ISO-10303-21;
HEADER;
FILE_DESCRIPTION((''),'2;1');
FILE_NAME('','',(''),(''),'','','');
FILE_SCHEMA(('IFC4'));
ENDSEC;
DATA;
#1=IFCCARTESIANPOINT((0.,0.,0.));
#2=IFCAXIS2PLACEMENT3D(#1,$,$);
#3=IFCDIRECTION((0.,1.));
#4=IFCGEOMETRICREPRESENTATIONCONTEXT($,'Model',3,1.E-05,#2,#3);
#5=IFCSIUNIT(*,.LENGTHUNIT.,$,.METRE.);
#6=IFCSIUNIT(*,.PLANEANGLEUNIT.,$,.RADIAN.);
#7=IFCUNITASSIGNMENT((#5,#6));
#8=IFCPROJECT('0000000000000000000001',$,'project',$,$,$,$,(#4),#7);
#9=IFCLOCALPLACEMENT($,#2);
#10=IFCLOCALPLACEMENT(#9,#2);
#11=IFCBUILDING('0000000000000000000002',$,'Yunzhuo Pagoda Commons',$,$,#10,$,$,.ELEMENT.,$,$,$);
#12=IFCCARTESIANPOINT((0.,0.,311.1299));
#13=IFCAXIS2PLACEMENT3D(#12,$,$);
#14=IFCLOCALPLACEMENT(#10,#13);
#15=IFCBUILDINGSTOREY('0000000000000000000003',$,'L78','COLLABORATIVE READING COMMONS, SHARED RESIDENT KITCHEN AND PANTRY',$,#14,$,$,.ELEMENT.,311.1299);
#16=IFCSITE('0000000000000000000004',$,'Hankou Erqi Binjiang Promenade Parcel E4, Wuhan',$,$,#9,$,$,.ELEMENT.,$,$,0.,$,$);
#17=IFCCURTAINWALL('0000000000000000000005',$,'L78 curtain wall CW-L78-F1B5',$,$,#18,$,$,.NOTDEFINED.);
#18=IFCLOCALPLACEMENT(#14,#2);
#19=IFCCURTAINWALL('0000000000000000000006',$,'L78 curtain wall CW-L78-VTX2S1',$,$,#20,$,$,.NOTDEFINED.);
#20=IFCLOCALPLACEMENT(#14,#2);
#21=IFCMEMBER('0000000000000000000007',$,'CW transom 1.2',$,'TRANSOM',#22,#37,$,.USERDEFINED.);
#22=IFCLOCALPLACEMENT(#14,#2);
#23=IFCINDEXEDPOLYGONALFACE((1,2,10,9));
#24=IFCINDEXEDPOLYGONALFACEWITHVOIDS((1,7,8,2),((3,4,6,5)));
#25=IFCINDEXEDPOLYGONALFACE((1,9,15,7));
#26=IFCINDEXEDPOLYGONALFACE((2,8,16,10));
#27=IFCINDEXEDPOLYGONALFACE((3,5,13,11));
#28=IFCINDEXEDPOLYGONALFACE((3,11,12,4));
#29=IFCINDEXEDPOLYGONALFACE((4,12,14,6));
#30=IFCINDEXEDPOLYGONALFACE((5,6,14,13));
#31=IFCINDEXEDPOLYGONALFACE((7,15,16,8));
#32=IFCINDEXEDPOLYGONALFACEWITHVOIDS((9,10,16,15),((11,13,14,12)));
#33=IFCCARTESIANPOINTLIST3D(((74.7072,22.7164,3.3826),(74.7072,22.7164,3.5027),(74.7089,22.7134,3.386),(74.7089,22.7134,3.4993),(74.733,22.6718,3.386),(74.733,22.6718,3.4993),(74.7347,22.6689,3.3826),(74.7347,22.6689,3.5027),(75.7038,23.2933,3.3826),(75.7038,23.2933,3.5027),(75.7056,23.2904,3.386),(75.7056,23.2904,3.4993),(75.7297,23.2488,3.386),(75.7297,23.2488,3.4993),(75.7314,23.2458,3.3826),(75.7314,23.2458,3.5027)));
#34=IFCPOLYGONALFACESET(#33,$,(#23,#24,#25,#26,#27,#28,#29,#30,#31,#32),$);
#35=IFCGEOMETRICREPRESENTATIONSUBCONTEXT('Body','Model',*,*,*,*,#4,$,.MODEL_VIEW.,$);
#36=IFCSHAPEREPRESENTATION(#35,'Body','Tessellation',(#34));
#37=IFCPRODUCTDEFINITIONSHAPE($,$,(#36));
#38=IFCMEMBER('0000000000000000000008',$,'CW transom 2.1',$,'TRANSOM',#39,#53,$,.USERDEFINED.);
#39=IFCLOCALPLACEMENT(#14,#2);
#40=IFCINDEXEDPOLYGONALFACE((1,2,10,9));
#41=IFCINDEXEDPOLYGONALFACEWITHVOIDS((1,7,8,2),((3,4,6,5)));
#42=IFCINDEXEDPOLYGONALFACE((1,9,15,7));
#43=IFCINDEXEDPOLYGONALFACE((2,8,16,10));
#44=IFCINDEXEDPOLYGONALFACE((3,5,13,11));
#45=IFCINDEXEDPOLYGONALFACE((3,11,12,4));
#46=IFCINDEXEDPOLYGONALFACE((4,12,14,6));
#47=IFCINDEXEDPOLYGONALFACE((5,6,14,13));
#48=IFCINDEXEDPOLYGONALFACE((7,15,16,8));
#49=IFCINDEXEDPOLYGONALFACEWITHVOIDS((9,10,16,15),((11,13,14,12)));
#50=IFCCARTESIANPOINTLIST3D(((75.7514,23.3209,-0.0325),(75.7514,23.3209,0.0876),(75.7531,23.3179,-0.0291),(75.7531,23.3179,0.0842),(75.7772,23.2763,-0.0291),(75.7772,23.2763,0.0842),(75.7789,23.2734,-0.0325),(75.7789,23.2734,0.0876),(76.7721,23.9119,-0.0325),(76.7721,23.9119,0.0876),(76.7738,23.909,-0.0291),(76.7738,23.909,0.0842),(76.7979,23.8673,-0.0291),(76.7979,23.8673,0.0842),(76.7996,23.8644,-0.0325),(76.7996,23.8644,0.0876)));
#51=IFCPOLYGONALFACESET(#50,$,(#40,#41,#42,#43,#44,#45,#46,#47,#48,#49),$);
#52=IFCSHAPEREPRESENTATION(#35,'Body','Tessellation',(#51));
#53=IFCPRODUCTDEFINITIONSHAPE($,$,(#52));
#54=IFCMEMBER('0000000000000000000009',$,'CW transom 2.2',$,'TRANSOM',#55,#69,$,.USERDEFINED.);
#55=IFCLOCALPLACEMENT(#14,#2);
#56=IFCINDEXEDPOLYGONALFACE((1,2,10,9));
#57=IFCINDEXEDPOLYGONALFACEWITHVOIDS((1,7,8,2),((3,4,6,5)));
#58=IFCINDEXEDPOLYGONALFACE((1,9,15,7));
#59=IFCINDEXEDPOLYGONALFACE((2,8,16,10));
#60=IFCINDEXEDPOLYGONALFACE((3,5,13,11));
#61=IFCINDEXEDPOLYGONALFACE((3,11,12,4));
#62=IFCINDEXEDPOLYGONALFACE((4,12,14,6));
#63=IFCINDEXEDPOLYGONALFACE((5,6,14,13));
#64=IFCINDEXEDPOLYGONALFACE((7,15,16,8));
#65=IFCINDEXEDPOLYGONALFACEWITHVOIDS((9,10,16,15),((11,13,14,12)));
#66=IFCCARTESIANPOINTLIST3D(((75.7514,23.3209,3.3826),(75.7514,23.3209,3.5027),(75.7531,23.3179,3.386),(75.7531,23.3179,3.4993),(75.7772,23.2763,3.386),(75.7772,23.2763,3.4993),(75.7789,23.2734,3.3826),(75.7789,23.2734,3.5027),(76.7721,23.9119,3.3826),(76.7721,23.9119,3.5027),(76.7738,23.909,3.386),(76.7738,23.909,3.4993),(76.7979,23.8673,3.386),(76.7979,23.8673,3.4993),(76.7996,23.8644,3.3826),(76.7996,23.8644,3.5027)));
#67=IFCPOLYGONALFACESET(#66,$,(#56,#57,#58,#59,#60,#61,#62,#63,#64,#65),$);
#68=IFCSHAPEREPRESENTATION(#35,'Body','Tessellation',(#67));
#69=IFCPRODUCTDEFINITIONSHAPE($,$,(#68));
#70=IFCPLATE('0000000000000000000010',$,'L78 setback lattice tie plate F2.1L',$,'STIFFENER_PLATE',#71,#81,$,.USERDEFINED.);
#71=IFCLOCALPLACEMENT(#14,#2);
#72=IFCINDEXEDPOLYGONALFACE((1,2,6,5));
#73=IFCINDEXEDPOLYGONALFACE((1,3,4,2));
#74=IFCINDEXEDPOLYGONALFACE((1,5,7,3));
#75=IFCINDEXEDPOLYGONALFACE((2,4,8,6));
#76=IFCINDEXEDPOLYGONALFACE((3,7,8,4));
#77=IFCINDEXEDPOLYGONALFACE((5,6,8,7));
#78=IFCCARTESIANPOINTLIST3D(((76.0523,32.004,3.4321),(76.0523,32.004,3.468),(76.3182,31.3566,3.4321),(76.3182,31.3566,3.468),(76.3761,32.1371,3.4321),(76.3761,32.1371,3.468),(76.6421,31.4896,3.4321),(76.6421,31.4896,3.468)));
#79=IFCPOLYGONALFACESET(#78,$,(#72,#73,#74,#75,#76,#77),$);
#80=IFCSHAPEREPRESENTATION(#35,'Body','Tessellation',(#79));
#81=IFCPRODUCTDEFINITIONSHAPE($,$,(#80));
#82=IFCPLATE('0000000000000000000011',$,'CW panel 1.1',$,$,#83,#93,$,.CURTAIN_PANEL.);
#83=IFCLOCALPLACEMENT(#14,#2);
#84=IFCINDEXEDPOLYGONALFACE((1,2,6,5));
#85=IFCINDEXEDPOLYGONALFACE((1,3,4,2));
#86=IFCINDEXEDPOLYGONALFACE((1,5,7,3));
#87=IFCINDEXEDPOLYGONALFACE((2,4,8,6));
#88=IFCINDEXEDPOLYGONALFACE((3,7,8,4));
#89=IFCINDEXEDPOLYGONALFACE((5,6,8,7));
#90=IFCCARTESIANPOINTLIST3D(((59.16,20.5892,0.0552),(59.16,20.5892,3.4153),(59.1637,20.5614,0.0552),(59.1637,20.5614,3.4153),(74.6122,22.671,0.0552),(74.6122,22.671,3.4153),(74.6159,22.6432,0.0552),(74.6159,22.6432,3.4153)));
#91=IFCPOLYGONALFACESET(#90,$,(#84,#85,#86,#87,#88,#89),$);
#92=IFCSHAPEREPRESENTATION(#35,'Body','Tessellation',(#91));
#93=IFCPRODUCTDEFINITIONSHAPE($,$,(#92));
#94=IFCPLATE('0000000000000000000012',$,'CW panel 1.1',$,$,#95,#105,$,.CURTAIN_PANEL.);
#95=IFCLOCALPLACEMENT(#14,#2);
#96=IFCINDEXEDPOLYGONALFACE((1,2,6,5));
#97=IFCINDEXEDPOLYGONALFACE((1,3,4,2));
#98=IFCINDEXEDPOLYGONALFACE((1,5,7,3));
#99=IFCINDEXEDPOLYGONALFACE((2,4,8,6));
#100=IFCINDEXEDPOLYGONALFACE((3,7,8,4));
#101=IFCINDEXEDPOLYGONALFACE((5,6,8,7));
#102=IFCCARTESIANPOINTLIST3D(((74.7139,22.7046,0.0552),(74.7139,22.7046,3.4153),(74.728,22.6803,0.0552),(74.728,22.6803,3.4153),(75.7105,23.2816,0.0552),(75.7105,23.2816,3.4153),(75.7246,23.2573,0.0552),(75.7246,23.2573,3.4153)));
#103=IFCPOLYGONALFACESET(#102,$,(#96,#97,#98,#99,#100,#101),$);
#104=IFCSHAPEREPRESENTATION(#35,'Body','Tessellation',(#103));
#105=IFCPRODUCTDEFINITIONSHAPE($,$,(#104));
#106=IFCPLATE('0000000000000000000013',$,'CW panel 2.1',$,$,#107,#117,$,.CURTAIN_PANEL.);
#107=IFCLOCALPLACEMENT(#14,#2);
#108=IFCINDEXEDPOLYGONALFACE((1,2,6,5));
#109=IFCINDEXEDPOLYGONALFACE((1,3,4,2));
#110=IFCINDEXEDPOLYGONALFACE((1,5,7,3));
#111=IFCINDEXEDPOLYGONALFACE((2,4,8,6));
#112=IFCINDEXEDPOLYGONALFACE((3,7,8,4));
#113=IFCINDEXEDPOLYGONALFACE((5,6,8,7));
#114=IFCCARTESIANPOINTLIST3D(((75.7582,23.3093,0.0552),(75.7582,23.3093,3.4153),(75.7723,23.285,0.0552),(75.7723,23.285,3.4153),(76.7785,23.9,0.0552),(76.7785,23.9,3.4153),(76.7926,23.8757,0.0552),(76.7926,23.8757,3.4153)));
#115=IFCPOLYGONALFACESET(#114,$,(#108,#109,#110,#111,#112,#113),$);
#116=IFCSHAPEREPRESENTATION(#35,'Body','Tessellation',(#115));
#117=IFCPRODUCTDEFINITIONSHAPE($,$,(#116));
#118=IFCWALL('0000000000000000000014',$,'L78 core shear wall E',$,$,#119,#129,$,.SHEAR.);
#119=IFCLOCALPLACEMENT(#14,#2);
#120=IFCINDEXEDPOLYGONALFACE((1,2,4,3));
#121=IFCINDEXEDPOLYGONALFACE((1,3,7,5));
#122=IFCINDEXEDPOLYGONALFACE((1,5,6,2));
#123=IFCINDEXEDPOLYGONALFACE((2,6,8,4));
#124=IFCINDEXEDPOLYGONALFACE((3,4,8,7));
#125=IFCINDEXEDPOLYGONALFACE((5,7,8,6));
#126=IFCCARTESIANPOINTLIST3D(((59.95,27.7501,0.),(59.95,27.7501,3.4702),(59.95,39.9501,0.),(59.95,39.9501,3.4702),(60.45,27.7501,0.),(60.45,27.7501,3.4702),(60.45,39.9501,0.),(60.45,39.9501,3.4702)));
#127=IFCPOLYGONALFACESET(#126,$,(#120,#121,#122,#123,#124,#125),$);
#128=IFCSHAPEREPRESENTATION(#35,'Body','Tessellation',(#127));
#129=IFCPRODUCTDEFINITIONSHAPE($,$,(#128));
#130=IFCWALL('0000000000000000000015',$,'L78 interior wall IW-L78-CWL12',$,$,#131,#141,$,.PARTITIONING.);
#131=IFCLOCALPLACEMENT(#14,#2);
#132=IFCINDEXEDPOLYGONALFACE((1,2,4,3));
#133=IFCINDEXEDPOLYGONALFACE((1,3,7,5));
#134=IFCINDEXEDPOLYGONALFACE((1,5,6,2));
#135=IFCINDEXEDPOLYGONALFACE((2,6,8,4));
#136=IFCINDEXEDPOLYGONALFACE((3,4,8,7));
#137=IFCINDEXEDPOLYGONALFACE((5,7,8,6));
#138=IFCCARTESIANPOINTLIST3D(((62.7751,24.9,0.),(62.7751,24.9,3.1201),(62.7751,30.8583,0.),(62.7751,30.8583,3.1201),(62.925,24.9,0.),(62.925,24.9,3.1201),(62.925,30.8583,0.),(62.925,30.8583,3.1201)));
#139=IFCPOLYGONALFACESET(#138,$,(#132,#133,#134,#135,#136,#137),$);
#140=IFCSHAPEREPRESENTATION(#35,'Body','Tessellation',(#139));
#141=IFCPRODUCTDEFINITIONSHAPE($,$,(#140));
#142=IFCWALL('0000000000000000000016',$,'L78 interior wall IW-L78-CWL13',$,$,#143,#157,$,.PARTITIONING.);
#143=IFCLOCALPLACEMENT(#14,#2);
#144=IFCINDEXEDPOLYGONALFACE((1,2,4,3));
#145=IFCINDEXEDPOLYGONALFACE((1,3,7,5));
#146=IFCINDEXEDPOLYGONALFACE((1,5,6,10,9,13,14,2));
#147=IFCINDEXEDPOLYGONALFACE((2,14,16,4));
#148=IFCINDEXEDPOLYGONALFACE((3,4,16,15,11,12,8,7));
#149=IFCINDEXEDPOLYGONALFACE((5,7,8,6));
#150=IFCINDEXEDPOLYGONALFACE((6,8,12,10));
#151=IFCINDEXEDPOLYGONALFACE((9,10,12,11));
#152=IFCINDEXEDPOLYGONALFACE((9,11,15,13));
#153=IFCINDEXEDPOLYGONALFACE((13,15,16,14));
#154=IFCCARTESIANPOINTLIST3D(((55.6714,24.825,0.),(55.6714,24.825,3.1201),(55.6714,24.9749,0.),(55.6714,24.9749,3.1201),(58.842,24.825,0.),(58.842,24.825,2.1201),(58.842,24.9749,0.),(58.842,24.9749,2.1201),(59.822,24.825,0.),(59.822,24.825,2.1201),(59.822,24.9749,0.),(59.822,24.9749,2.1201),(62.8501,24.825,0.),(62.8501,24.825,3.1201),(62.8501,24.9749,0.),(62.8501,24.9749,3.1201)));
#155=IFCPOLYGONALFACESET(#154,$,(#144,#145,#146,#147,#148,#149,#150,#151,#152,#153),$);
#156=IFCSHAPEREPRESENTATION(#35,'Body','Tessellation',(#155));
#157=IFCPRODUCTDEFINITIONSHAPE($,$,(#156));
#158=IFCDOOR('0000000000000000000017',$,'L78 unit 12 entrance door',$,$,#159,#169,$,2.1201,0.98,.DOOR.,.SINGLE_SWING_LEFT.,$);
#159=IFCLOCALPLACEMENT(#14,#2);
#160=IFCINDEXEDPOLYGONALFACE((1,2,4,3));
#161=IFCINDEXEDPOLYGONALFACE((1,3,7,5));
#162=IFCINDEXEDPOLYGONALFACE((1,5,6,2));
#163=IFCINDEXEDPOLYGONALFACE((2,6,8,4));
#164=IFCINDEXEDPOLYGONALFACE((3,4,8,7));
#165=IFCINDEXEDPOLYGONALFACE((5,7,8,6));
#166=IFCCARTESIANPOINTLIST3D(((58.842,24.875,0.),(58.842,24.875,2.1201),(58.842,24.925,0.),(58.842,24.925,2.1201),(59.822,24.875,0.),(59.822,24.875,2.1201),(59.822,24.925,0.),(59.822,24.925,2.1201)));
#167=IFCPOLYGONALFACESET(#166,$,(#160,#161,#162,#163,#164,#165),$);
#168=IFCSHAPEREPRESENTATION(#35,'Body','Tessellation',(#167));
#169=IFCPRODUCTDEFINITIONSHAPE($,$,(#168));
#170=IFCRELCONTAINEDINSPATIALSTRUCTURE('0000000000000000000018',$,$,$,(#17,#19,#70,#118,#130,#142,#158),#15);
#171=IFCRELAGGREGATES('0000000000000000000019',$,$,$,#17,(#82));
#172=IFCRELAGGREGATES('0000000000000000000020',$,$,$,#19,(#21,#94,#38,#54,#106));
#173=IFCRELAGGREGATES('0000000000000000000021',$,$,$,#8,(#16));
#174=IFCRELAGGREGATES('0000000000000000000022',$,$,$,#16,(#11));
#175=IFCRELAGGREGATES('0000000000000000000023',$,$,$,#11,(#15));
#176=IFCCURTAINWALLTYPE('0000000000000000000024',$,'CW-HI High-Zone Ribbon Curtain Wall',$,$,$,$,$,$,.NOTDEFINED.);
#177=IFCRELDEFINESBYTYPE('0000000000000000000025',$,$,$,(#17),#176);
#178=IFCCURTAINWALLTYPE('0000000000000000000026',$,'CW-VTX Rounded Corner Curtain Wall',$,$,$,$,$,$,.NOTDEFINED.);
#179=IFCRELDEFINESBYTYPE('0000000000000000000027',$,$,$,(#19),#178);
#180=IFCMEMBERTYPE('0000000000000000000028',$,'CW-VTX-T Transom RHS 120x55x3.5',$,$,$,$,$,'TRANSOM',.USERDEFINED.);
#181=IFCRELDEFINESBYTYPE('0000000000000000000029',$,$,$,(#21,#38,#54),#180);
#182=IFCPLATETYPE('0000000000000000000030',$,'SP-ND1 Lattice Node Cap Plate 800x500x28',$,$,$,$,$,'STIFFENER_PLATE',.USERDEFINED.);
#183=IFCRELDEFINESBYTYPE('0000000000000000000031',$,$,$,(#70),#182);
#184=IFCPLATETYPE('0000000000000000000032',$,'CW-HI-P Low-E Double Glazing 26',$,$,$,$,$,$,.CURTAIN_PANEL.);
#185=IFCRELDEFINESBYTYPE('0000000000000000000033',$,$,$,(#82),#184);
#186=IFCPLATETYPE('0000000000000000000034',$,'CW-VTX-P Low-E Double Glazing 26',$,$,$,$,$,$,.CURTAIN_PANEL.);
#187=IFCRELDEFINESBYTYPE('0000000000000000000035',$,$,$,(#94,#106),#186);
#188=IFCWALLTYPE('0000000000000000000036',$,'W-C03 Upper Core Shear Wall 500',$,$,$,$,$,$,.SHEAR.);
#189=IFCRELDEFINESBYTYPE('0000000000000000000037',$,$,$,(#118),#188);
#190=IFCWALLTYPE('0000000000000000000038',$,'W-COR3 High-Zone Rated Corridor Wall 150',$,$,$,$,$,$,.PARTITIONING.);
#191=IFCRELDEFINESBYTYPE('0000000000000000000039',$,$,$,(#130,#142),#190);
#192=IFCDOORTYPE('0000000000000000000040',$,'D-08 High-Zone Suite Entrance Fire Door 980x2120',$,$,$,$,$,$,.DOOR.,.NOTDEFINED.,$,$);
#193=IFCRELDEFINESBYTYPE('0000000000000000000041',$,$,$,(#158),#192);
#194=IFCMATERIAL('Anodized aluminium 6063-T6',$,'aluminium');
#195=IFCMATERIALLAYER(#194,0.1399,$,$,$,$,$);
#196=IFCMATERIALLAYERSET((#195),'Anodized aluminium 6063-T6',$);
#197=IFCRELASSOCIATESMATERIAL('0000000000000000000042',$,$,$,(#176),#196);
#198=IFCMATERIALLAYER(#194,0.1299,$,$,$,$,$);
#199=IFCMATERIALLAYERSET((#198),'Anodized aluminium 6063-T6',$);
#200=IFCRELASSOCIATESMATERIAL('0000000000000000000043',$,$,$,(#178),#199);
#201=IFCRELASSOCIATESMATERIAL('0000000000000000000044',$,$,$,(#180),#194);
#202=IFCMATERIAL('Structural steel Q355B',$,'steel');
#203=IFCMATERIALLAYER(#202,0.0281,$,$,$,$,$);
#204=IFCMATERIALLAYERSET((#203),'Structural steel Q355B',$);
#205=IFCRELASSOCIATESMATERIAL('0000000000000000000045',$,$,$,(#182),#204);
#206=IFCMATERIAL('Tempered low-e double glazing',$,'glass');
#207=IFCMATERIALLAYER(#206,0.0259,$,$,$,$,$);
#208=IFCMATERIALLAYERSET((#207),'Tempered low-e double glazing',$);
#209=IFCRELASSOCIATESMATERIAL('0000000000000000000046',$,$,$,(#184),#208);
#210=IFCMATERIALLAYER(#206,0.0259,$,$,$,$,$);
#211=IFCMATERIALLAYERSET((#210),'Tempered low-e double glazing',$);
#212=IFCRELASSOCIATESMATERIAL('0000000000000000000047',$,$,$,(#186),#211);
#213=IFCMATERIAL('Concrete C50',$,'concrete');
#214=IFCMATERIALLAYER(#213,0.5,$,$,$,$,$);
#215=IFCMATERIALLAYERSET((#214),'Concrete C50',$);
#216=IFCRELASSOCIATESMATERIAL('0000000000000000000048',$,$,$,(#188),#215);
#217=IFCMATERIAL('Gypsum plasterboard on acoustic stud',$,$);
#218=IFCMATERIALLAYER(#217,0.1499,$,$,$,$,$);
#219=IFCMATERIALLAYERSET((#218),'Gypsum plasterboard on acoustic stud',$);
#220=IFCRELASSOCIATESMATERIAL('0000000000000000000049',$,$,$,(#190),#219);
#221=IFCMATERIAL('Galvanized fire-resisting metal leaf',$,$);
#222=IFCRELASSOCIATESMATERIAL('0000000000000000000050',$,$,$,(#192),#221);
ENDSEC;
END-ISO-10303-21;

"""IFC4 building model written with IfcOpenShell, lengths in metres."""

from ifc_helpers import new_model, si_unit, direction, frame, frame_2d, origin, origin_with_axes, origin_2d, place, context, subcontext, project, spatial, rectangle, hollow_rectangle, extrude, source, transform, mapped, material, layer, layer_set, material_profile, profile_set, type_object, element, fill, aggregate, save


model = new_model("IFC4")

# Units and contexts
model_context = context("Model", 3, precision=1e-05, world=origin(), true_north=direction((0.0, 1.0)))
body_context = subcontext(model_context, "Body", "Model", "MODEL_VIEW")
ifc_project = project(units=[si_unit("LENGTHUNIT", "METRE"), si_unit("PLANEANGLEUNIT", "RADIAN")], contexts=[model_context])

# Site, building, storey
site_placement = place(None, origin())
site = spatial("IfcSite", under=ifc_project, at=site_placement, Name="Hankou Erqi Binjiang Promenade Parcel E4, Wuhan", CompositionType="ELEMENT", RefElevation=0.0)
building_placement = place(site_placement, origin())
building = spatial("IfcBuilding", under=site, at=building_placement, Name="Yunzhuo Pagoda Commons", CompositionType="ELEMENT")
storey_placement = place(building_placement, frame((0.0, 0.0, 311.1299)))
storey = spatial("IfcBuildingStorey", under=building, at=storey_placement, Name="L78", Description="COLLABORATIVE READING COMMONS, SHARED RESIDENT KITCHEN AND PANTRY", CompositionType="ELEMENT", Elevation=311.1299)

# Shared definitions
ifc_material_1 = material(Name="Structural steel Q355B", Category="steel")

# Curtain wall
ifc_material_2 = material(Name="Anodized aluminium 6063-T6", Category="aluminium")
ifc_layer_1 = layer(ifc_material_2, 0.1399)
ifc_layer_set_1 = layer_set([ifc_layer_1], Name="Anodized aluminium 6063-T6")
curtain_wall_type_1 = type_object("IfcCurtainWallType", Name="CW-HI High-Zone Ribbon Curtain Wall", PredefinedType="NOTDEFINED", material=ifc_layer_set_1)
curtain_wall_1_placement = place(storey_placement, origin())
curtain_wall_1 = element("IfcCurtainWall", 1, at=curtain_wall_1_placement, inside=storey, type_object=curtain_wall_type_1, Name="L78 curtain wall CW-L78-F1B5", PredefinedType="NOTDEFINED")

# Curtain wall
ifc_layer_2 = layer(ifc_material_2, 0.1299)
ifc_layer_set_2 = layer_set([ifc_layer_2], Name="Anodized aluminium 6063-T6")
curtain_wall_type_2 = type_object("IfcCurtainWallType", Name="CW-VTX Rounded Corner Curtain Wall", PredefinedType="NOTDEFINED", material=ifc_layer_set_2)
curtain_wall_2_placement = place(storey_placement, origin())
curtain_wall_2 = element("IfcCurtainWall", 2, at=curtain_wall_2_placement, inside=storey, type_object=curtain_wall_type_2, Name="L78 curtain wall CW-L78-VTX2S1", PredefinedType="NOTDEFINED")

# Members
ifc_material_profile_1 = material_profile(ifc_material_2, hollow_rectangle(XDim=0.0549, YDim=0.1201, WallThickness=0.0034, at=origin_2d()), Name="Anodized aluminium 6063-T6")
ifc_profile_set_1 = profile_set([ifc_material_profile_1], Name="Anodized aluminium 6063-T6")
member_type_1 = type_object("IfcMemberType", Name="CW-VTX-T Transom RHS 120x55x3.5", ElementType="TRANSOM", PredefinedType="USERDEFINED", material=ifc_profile_set_1)
shared_shape_1 = source(origin(), body_context, "Body", "SweptSolid", [
    extrude(hollow_rectangle(XDim=0.0549, YDim=0.1201, WallThickness=0.0034, at=origin_2d()), origin(), (0.0, 0.0, 1.0), 1.1516),
])
member_1_placement = place(storey_placement, frame((74.7209, 22.6926, 3.4426), z_axis=(0.86545, 0.500994, 0.0), x_axis=(-0.500994, 0.86545, 0.0)))
member_1 = element("IfcMember", 3, at=member_1_placement, type_object=member_type_1, Name="CW transom 1.2", ObjectType="TRANSOM", PredefinedType="USERDEFINED", context=body_context, shape_type="MappedRepresentation", body=[
    mapped(shared_shape_1, transform((0.0, 0.0, 0.0), scale=1.0)),
])
shared_shape_2 = source(origin(), body_context, "Body", "SweptSolid", [
    extrude(hollow_rectangle(XDim=0.0549, YDim=0.1201, WallThickness=0.0034, at=origin_2d()), origin(), (0.0, 0.0, 1.0), 1.1794),
])
member_2_placement = place(storey_placement, frame((75.7651, 23.2971, 0.0276), z_axis=(0.865388, 0.501102, 0.0), x_axis=(-0.501102, 0.865388, 0.0)))
member_2 = element("IfcMember", 4, at=member_2_placement, type_object=member_type_1, Name="CW transom 2.1", ObjectType="TRANSOM", PredefinedType="USERDEFINED", context=body_context, shape_type="MappedRepresentation", body=[
    mapped(shared_shape_2, transform((0.0, 0.0, 0.0), scale=1.0)),
])
member_3_placement = place(storey_placement, frame((75.7651, 23.2971, 3.4426), z_axis=(0.865388, 0.501102, 0.0), x_axis=(-0.501102, 0.865388, 0.0)))
member_3 = element("IfcMember", 5, at=member_3_placement, type_object=member_type_1, Name="CW transom 2.2", ObjectType="TRANSOM", PredefinedType="USERDEFINED", context=body_context, shape_type="MappedRepresentation", body=[
    mapped(shared_shape_2, transform((0.0, 0.0, 0.0), scale=1.0)),
])

# Plates
ifc_layer_3 = layer(ifc_material_1, 0.0281)
ifc_layer_set_3 = layer_set([ifc_layer_3], Name="Structural steel Q355B")
plate_type_1 = type_object("IfcPlateType", Name="SP-ND1 Lattice Node Cap Plate 800x500x28", ElementType="STIFFENER_PLATE", PredefinedType="USERDEFINED", material=ifc_layer_set_3)
shared_shape_3 = source(origin(), body_context, "Body", "SweptSolid", [
    extrude(rectangle(XDim=0.7, YDim=0.3501, at=origin_2d()), origin(), (0.0, 0.0, 1.0), 0.0359),
])
plate_1_placement = place(storey_placement, frame((76.3472, 31.7468, 3.4321), z_axis=(0.0, 0.0, 1.0), x_axis=(-0.379989, 0.924991, 0.0)))
element("IfcPlate", 6, at=plate_1_placement, inside=storey, type_object=plate_type_1, Name="L78 setback lattice tie plate F2.1L", ObjectType="STIFFENER_PLATE", PredefinedType="USERDEFINED", context=body_context, shape_type="MappedRepresentation", body=[
    mapped(shared_shape_3, transform((0.0, 0.0, 0.0), scale=1.0)),
])
ifc_material_3 = material(Name="Tempered low-e double glazing", Category="glass")
ifc_layer_4 = layer(ifc_material_3, 0.0259)
ifc_layer_set_4 = layer_set([ifc_layer_4], Name="Tempered low-e double glazing")
plate_type_2 = type_object("IfcPlateType", Name="CW-HI-P Low-E Double Glazing 26", PredefinedType="CURTAIN_PANEL", material=ifc_layer_set_4)
shared_shape_4 = source(origin(), body_context, "Body", "SweptSolid", [
    extrude(rectangle(XDim=15.5918, YDim=0.0281, at=origin_2d()), origin(), (0.0, 0.0, 1.0), 3.3601),
])
plate_2_placement = place(storey_placement, frame((66.8879, 21.6162, 0.0552), z_axis=(0.0, 0.0, 1.0), x_axis=(0.991046, 0.133519, 0.0)))
plate_2 = element("IfcPlate", 7, at=plate_2_placement, type_object=plate_type_2, Name="CW panel 1.1", PredefinedType="CURTAIN_PANEL", context=body_context, shape_type="MappedRepresentation", body=[
    mapped(shared_shape_4, transform((0.0, 0.0, 0.0), scale=1.0)),
])
aggregate(curtain_wall_1, [plate_2])
ifc_layer_5 = layer(ifc_material_3, 0.0259)
ifc_layer_set_5 = layer_set([ifc_layer_5], Name="Tempered low-e double glazing")
plate_type_3 = type_object("IfcPlateType", Name="CW-VTX-P Low-E Double Glazing 26", PredefinedType="CURTAIN_PANEL", material=ifc_layer_set_5)
shared_shape_5 = source(origin(), body_context, "Body", "SweptSolid", [
    extrude(rectangle(XDim=1.1516, YDim=0.0281, at=origin_2d()), origin(), (0.0, 0.0, 1.0), 3.3601),
])
plate_3_placement = place(storey_placement, frame((75.2192, 22.981, 0.0552), z_axis=(0.0, 0.0, 1.0), x_axis=(0.865432, 0.501027, 0.0)))
plate_3 = element("IfcPlate", 8, at=plate_3_placement, type_object=plate_type_3, Name="CW panel 1.1", PredefinedType="CURTAIN_PANEL", context=body_context, shape_type="MappedRepresentation", body=[
    mapped(shared_shape_5, transform((0.0, 0.0, 0.0), scale=1.0)),
])
shared_shape_6 = source(origin(), body_context, "Body", "SweptSolid", [
    extrude(rectangle(XDim=1.179, YDim=0.0281, at=origin_2d()), origin(), (0.0, 0.0, 1.0), 3.3601),
])
plate_4_placement = place(storey_placement, frame((76.2754, 23.5925, 0.0552), z_axis=(0.0, 0.0, 1.0), x_axis=(0.865432, 0.501027, 0.0)))
plate_4 = element("IfcPlate", 9, at=plate_4_placement, type_object=plate_type_3, Name="CW panel 2.1", PredefinedType="CURTAIN_PANEL", context=body_context, shape_type="MappedRepresentation", body=[
    mapped(shared_shape_6, transform((0.0, 0.0, 0.0), scale=1.0)),
])
aggregate(curtain_wall_2, [member_1, plate_3, member_2, member_3, plate_4])

# Walls
ifc_material_4 = material(Name="Concrete C50", Category="concrete")
ifc_layer_6 = layer(ifc_material_4, 0.5)
ifc_layer_set_6 = layer_set([ifc_layer_6], Name="Concrete C50")
wall_type_1 = type_object("IfcWallType", Name="W-C03 Upper Core Shear Wall 500", PredefinedType="SHEAR", material=ifc_layer_set_6)
wall_1_placement = place(storey_placement, frame((60.2, 27.75, 0.0), z_axis=(0.0, 0.0, 1.0), x_axis=(0.0, 1.0, 0.0)))
element("IfcWall", 10, at=wall_1_placement, inside=storey, type_object=wall_type_1, Name="L78 core shear wall E", PredefinedType="SHEAR", context=body_context, shape_type="SweptSolid", body=[
    extrude(rectangle(XDim=12.2, YDim=0.5, at=frame_2d((6.1001, 0.0))), origin(), (0.0, 0.0, 1.0), 3.4702),
])
ifc_material_5 = material(Name="Gypsum plasterboard on acoustic stud")
ifc_layer_7 = layer(ifc_material_5, 0.1499)
ifc_layer_set_7 = layer_set([ifc_layer_7], Name="Gypsum plasterboard on acoustic stud")
wall_type_2 = type_object("IfcWallType", Name="W-COR3 High-Zone Rated Corridor Wall 150", PredefinedType="PARTITIONING", material=ifc_layer_set_7)
wall_2_placement = place(storey_placement, frame((62.8501, 30.8582, 0.0), z_axis=(0.0, 0.0, 1.0), x_axis=(0.0, -1.0, 0.0)))
element("IfcWall", 11, at=wall_2_placement, inside=storey, type_object=wall_type_2, Name="L78 interior wall IW-L78-CWL12", PredefinedType="PARTITIONING", context=body_context, shape_type="SweptSolid", body=[
    extrude(rectangle(XDim=5.9583, YDim=0.1499, at=frame_2d((2.979, 0.0))), origin(), (0.0, 0.0, 1.0), 3.1201),
])

# Wall, opening, door
wall_3_placement = place(storey_placement, frame((62.8501, 24.8999, 0.0), z_axis=(0.0, 0.0, 1.0), x_axis=(-1.0, 0.0, 0.0)))
wall_3 = element("IfcWall", 12, at=wall_3_placement, inside=storey, type_object=wall_type_2, Name="L78 interior wall IW-L78-CWL13", PredefinedType="PARTITIONING", context=body_context, shape_type="SweptSolid", body=[
    extrude(rectangle(XDim=7.1787, YDim=0.1499, at=frame_2d((3.5894, 0.0))), origin(), (0.0, 0.0, 1.0), 3.1201),
])
opening_placement = place(wall_3_placement, frame((3.0281, 0.0, 0.0)))
opening = element("IfcOpeningElement", 13, at=opening_placement, cuts=wall_3, PredefinedType="OPENING", context=body_context, shape_type="SweptSolid", body=[
    extrude(rectangle(XDim=0.98, YDim=2.1201, at=frame_2d((0.49, 1.0601))), frame((0.0, 0.085, 0.0), z_axis=(0.0, -1.0, 0.0), x_axis=(1.0, 0.0, 0.0)), (0.0, 0.0, 1.0), 0.1699),
])
ifc_material_6 = material(Name="Galvanized fire-resisting metal leaf")
door_type = type_object("IfcDoorType", Name="D-08 High-Zone Suite Entrance Fire Door 980x2120", OperationType="NOTDEFINED", PredefinedType="DOOR", material=ifc_material_6)
shared_shape_7 = source(origin(), body_context, "Body", "SweptSolid", [
    extrude(rectangle(XDim=0.98, YDim=2.1201, at=frame_2d((0.49, 1.0601))), frame((0.0, 0.0249, 0.0), z_axis=(0.0, -1.0, 0.0), x_axis=(1.0, 0.0, 0.0)), (0.0, 0.0, 1.0), 0.05),
])
door_placement = place(opening_placement, origin_with_axes())
door = element("IfcDoor", 14, at=door_placement, inside=storey, type_object=door_type, Name="L78 unit 12 entrance door", OperationType="SINGLE_SWING_LEFT", OverallHeight=2.1201, OverallWidth=0.98, PredefinedType="DOOR", context=body_context, shape_type="MappedRepresentation", body=[
    mapped(shared_shape_7, transform((0.0, 0.0, 0.0), scale=1.0)),
])
fill(opening, door)

save(model, "model.ifc")
